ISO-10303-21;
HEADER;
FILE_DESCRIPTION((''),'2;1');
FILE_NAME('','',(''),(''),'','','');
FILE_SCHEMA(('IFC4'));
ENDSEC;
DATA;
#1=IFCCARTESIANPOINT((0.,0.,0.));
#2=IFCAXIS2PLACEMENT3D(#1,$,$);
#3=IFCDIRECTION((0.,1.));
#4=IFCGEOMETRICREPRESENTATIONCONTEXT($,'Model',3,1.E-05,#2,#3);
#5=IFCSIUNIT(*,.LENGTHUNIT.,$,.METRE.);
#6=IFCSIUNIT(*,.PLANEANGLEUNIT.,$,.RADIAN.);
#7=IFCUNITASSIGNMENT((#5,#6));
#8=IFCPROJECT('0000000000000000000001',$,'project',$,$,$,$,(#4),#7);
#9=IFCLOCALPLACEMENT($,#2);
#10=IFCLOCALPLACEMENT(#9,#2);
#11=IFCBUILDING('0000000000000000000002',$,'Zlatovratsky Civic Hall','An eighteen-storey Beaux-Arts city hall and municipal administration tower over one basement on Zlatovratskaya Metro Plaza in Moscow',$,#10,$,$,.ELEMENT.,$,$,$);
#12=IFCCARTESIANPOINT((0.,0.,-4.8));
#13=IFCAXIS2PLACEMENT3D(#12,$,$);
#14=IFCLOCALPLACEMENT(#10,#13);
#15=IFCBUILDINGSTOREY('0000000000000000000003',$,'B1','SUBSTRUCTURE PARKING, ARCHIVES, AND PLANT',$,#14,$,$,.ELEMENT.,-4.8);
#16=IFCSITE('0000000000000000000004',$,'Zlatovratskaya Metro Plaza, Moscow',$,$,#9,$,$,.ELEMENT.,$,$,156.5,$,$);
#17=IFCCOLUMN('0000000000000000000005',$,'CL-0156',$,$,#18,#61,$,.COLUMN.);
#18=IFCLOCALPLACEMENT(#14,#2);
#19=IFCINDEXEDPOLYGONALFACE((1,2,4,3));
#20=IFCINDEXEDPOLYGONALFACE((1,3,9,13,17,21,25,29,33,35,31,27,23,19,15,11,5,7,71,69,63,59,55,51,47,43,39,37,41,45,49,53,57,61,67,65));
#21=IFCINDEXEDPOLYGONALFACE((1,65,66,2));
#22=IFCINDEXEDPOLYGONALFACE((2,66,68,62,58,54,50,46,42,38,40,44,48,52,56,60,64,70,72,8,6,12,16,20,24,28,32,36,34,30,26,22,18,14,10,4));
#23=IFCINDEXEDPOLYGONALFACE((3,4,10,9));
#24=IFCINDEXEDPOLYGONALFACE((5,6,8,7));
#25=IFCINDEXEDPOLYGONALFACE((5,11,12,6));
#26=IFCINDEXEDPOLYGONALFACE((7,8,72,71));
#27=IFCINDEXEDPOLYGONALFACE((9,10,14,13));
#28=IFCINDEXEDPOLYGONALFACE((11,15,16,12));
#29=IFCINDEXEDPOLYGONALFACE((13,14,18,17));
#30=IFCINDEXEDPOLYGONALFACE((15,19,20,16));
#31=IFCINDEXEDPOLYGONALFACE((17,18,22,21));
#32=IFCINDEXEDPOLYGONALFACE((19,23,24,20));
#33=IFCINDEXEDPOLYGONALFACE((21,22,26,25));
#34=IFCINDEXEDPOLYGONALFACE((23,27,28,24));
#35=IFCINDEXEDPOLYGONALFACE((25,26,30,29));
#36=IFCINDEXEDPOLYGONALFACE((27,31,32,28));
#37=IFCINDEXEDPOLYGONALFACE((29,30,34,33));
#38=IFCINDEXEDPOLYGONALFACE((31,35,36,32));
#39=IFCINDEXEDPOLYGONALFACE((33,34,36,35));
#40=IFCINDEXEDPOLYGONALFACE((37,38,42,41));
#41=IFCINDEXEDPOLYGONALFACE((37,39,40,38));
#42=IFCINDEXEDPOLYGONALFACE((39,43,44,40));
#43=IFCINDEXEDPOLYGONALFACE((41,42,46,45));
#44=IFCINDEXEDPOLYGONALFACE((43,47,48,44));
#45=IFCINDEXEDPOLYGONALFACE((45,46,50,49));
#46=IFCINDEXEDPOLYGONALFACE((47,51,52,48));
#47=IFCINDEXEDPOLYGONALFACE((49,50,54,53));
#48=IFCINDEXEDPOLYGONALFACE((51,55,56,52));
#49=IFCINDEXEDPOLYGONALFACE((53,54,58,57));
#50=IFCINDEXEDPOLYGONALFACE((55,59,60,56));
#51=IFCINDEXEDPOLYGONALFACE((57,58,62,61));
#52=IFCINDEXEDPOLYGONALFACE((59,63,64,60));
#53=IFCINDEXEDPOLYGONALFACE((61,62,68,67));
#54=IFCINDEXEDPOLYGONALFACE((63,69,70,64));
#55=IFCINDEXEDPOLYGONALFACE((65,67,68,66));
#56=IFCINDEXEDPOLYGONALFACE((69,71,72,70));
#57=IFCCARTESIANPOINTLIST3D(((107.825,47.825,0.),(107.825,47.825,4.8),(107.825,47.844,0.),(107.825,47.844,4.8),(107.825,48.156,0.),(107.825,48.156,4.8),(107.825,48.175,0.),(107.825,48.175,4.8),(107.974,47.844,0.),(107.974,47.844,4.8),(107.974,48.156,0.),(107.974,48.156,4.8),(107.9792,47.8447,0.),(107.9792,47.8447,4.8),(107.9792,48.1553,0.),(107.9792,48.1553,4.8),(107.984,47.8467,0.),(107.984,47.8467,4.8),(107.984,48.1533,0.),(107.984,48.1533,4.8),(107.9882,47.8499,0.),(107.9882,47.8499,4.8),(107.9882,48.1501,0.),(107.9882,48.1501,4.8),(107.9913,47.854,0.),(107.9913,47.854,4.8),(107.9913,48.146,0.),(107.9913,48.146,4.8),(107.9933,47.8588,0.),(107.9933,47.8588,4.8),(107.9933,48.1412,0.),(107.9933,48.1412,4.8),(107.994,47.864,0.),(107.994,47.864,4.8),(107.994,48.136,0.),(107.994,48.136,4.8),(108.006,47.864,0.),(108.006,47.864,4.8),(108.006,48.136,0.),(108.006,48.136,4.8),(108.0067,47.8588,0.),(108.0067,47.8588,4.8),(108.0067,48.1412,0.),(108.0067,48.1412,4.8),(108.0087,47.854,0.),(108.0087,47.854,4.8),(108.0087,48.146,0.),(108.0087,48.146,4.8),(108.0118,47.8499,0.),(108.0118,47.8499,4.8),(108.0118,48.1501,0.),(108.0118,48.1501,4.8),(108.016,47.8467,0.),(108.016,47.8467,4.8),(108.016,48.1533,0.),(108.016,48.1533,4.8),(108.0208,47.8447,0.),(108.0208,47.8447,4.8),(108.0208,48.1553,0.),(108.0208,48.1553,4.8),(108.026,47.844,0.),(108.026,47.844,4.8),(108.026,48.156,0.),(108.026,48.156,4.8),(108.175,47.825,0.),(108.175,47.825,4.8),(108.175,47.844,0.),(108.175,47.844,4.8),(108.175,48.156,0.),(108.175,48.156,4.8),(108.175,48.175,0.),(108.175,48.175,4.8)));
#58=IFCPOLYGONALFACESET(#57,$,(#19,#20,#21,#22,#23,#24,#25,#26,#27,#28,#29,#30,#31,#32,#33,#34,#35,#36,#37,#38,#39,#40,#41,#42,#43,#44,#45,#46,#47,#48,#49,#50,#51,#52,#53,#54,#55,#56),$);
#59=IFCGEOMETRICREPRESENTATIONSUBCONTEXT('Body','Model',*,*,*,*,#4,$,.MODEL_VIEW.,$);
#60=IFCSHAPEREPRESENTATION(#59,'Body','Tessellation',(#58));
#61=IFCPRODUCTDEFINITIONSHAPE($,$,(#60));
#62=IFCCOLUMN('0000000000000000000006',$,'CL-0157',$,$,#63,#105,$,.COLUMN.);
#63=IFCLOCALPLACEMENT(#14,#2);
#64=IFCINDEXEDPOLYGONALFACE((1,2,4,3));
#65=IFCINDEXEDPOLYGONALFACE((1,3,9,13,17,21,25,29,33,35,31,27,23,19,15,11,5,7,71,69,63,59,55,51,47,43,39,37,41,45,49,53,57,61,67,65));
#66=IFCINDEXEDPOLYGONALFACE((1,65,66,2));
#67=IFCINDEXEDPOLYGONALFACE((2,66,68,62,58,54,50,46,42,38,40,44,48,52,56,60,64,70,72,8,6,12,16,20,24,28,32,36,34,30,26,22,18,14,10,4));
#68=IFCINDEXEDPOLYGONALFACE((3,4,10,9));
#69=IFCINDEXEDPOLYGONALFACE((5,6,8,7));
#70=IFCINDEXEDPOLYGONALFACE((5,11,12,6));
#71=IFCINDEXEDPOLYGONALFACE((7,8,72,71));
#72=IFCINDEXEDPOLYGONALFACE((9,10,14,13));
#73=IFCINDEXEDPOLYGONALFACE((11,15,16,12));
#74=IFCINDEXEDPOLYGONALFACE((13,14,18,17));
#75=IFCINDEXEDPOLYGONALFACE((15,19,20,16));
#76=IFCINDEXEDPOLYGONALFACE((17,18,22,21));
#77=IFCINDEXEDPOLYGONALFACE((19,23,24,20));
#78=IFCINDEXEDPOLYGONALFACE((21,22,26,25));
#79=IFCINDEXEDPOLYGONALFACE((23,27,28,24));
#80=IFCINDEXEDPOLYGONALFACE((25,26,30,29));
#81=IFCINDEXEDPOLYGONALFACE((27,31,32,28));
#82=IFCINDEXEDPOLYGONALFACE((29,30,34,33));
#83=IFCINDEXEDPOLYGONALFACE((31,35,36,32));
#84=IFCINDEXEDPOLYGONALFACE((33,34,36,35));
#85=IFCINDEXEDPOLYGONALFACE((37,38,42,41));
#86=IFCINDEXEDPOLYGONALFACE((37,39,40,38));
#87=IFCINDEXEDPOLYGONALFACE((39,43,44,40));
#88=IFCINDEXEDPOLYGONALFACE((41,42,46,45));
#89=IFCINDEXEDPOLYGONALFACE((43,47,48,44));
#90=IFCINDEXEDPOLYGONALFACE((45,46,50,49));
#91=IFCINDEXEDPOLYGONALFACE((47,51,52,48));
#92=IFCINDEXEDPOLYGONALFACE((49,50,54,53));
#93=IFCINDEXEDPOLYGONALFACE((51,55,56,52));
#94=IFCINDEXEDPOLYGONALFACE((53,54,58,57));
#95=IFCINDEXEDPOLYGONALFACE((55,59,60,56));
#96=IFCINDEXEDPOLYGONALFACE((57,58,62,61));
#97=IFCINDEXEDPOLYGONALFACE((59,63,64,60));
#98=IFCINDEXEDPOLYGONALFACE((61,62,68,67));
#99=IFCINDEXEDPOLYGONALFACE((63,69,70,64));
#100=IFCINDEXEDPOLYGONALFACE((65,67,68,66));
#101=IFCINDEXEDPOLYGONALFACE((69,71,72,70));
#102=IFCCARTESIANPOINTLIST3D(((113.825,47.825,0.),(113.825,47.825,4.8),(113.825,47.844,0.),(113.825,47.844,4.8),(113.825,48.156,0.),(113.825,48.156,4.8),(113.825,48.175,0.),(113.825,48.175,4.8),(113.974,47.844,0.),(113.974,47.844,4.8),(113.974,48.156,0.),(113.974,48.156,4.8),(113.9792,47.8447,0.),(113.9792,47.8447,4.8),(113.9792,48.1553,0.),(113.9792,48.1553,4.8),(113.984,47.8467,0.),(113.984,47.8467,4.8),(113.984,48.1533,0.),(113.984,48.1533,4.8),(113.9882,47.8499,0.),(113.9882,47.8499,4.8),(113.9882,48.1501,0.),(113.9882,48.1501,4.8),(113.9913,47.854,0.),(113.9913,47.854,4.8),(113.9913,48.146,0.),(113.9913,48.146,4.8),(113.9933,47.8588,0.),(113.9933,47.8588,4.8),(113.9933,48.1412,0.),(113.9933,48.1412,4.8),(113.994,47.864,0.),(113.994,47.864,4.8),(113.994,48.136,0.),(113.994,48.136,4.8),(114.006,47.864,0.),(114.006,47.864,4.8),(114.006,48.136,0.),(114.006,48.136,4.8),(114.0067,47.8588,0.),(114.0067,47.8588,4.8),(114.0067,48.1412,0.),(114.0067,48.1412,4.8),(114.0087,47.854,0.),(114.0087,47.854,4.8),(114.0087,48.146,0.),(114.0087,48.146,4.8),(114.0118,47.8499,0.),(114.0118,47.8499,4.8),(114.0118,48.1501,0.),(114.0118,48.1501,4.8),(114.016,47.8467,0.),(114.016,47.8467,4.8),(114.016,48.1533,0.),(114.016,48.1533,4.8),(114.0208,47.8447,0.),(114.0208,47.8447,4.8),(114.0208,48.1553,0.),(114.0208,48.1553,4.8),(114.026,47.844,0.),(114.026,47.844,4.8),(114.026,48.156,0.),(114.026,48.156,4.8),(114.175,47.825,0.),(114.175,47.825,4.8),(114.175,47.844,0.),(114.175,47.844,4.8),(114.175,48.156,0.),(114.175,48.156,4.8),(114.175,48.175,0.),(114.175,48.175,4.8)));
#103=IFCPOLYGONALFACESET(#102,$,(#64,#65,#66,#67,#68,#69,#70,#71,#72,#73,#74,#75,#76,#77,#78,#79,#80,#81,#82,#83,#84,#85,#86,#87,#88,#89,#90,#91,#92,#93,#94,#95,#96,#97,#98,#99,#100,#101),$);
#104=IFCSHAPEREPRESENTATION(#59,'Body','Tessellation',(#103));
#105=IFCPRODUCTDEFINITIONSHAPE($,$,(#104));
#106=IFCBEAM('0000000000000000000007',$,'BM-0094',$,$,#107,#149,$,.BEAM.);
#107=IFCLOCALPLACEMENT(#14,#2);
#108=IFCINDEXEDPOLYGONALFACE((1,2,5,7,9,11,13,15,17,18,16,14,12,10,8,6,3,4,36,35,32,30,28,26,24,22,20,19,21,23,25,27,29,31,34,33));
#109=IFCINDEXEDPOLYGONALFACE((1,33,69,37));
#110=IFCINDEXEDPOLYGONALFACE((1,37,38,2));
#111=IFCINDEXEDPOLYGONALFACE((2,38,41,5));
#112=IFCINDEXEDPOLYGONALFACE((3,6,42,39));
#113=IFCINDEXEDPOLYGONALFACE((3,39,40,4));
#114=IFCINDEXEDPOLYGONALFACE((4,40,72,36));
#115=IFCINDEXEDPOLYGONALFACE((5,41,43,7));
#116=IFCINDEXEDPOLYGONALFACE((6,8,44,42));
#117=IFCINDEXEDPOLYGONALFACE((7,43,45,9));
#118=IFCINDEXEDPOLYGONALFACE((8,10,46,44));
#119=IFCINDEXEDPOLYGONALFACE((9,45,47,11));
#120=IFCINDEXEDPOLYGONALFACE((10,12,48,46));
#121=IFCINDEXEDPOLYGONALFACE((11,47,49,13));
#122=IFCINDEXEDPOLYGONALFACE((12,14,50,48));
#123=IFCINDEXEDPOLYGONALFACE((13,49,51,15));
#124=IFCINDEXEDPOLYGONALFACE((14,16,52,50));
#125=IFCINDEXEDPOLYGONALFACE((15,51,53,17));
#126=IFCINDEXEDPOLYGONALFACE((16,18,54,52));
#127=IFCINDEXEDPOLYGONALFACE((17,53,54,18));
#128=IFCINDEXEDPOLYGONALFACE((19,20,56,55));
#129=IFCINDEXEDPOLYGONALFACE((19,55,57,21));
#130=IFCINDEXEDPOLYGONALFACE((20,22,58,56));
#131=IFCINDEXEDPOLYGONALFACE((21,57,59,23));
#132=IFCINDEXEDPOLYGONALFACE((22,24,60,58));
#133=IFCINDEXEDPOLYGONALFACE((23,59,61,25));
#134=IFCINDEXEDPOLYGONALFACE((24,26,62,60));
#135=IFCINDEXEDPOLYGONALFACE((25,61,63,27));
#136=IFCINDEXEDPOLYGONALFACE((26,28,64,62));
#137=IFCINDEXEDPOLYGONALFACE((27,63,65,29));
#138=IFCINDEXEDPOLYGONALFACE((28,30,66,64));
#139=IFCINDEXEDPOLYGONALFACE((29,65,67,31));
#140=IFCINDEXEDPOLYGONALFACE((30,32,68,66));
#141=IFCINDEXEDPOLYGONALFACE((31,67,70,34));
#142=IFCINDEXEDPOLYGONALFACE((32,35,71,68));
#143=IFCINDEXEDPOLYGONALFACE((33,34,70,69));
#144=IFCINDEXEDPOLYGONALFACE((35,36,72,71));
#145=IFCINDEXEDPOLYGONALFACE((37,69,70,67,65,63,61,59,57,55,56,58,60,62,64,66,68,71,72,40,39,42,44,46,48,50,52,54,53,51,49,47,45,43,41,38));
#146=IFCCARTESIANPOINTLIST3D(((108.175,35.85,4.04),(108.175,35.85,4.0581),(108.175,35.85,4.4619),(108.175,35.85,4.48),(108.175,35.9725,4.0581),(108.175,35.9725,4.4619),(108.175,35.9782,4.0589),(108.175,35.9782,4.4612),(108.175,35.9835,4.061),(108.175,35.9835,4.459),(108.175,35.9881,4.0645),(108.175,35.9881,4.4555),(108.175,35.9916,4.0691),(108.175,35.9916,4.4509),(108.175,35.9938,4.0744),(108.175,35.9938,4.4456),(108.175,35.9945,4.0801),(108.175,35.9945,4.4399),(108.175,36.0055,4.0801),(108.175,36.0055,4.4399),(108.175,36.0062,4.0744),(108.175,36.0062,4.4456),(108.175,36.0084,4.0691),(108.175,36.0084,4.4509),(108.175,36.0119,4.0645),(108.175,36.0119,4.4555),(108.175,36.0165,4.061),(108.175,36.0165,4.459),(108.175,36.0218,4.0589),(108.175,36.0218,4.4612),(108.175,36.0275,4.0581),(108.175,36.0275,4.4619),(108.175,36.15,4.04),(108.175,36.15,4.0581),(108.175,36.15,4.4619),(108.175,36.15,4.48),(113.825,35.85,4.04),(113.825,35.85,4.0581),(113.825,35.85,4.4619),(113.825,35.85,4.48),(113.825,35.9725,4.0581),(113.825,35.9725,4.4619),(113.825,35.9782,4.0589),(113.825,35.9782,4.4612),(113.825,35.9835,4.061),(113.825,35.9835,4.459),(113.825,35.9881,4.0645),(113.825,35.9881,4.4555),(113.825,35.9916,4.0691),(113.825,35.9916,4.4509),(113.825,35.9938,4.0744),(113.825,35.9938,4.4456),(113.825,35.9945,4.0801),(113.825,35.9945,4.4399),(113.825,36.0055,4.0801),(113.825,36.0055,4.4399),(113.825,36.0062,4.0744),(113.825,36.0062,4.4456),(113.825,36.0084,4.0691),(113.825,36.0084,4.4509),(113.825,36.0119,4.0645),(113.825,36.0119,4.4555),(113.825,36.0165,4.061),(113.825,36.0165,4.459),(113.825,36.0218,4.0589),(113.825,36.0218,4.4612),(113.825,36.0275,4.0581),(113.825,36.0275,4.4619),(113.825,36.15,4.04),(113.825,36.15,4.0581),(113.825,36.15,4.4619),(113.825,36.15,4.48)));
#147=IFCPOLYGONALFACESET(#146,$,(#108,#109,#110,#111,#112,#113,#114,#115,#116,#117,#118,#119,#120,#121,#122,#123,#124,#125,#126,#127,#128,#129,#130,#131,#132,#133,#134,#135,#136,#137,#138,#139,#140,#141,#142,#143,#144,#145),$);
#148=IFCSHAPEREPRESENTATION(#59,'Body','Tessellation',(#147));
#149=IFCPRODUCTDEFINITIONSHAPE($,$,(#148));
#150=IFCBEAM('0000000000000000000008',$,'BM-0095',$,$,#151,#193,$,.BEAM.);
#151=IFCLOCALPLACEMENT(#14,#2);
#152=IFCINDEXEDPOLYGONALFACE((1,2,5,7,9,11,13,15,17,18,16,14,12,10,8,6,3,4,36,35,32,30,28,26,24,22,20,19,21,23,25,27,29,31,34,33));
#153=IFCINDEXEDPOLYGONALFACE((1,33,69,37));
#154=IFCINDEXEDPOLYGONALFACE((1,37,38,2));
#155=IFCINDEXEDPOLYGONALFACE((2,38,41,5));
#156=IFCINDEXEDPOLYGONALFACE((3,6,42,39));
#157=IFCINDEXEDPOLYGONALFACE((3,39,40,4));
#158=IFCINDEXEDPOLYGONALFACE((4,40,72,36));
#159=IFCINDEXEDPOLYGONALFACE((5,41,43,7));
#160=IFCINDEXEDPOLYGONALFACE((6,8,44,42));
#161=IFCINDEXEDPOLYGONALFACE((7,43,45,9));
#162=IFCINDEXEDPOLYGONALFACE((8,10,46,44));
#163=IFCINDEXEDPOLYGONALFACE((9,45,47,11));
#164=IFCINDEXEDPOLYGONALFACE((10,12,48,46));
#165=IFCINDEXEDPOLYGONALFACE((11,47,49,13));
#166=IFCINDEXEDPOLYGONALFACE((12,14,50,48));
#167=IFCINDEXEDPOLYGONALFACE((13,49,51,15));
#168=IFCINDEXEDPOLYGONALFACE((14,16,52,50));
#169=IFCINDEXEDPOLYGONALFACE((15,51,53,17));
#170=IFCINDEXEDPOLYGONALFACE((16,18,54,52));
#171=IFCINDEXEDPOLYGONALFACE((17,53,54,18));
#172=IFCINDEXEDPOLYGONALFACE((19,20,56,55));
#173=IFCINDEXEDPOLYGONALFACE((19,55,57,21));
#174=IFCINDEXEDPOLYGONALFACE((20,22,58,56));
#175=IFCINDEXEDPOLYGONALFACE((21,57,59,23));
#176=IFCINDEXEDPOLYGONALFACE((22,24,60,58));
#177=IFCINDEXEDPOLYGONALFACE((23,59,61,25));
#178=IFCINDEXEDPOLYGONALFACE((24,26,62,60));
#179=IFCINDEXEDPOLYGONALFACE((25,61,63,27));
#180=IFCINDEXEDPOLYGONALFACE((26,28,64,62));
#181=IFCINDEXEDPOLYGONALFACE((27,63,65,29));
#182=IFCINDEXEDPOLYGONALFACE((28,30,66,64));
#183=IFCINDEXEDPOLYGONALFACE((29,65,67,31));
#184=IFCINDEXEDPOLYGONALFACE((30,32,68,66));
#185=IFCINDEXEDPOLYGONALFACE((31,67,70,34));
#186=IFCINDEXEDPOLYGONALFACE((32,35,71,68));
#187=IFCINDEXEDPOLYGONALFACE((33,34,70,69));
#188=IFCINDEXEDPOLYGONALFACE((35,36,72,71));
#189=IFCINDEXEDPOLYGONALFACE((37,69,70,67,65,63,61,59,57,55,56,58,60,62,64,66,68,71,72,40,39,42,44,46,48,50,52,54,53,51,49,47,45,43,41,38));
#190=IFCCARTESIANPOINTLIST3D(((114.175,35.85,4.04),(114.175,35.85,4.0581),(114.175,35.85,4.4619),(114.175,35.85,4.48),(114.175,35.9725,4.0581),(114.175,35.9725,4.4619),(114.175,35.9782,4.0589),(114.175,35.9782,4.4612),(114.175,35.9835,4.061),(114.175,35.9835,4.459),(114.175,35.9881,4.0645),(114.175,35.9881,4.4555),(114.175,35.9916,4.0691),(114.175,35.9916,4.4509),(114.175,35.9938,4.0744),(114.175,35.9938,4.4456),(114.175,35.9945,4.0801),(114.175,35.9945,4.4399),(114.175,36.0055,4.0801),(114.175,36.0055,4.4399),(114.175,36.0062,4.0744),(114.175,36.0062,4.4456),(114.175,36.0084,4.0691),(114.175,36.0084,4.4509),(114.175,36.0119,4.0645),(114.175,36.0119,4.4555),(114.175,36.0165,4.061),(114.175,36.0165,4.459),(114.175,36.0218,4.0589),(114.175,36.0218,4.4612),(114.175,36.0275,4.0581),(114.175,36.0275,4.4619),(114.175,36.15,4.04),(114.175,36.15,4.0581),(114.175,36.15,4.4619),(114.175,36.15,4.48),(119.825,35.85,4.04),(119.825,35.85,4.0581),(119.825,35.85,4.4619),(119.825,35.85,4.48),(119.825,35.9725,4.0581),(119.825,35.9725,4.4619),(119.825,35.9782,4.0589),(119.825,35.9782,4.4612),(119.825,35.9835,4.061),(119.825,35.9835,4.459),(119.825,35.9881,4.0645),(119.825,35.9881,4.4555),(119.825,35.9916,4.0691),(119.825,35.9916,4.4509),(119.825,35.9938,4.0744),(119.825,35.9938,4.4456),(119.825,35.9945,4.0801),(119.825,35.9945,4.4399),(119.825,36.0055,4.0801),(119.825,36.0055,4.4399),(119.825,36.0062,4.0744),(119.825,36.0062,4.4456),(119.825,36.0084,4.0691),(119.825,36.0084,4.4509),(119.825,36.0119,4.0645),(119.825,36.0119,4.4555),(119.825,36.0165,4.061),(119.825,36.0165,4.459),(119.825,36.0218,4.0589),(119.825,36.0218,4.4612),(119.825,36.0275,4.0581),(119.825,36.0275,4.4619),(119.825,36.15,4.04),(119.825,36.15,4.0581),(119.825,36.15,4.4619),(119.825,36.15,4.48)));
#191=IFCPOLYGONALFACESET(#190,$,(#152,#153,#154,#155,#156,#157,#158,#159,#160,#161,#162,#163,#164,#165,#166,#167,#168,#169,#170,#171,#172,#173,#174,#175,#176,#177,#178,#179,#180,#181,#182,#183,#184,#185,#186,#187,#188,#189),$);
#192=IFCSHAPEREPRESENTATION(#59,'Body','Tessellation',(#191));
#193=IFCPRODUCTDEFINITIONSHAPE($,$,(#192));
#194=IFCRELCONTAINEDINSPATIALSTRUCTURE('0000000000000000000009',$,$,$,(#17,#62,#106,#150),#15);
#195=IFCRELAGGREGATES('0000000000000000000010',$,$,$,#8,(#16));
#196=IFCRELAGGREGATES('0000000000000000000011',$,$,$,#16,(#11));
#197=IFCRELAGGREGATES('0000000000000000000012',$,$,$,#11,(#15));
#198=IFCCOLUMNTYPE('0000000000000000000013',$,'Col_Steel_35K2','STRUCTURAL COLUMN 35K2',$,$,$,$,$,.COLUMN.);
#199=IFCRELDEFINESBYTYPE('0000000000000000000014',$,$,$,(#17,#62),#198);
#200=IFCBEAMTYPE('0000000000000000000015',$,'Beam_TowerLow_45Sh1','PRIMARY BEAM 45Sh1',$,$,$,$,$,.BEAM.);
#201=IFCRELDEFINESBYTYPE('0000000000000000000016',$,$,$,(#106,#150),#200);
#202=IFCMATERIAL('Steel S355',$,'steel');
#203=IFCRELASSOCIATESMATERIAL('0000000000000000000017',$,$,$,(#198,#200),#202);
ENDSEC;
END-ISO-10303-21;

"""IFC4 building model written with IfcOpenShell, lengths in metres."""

from ifc_helpers import new_model, si_unit, direction, frame, origin, origin_2d, place, context, subcontext, project, spatial, i_section, extrude, material, material_profile, profile_set, type_object, element, save


model = new_model("IFC4")

# Units and contexts
model_context = context("Model", 3, precision=1e-05, world=origin(), true_north=direction((0.0, 1.0)))
body_context = subcontext(model_context, "Body", "Model", "MODEL_VIEW")
ifc_project = project(units=[si_unit("LENGTHUNIT", "METRE"), si_unit("PLANEANGLEUNIT", "RADIAN")], contexts=[model_context])

# Site, building, storey
site_placement = place(None, origin())
site = spatial("IfcSite", under=ifc_project, at=site_placement, Name="Zlatovratskaya Metro Plaza, Moscow", CompositionType="ELEMENT", RefElevation=156.5)
building_placement = place(site_placement, origin())
building = spatial("IfcBuilding", under=site, at=building_placement, Name="Zlatovratsky Civic Hall", Description="An eighteen-storey Beaux-Arts city hall and municipal administration tower over one basement on Zlatovratskaya Metro Plaza in Moscow", CompositionType="ELEMENT")
storey_placement = place(building_placement, frame((0.0, 0.0, -4.8)))
storey = spatial("IfcBuildingStorey", under=building, at=storey_placement, Name="B1", Description="SUBSTRUCTURE PARKING, ARCHIVES, AND PLANT", CompositionType="ELEMENT", Elevation=-4.8)

# Columns
ifc_material_1 = material(Name="Steel S355", Category="steel")
ifc_material_profile_1 = material_profile(ifc_material_1, i_section(OverallWidth=0.3501, OverallDepth=0.3501, WebThickness=0.012, FlangeThickness=0.019, FilletRadius=0.02, at=origin_2d()), Name="35K2")
ifc_profile_set_1 = profile_set([ifc_material_profile_1], Name="Steel S355")
column_type = type_object("IfcColumnType", Name="Col_Steel_35K2", Description="STRUCTURAL COLUMN 35K2", PredefinedType="COLUMN", material=ifc_profile_set_1)
for number, where, z_axis, x_axis, name in (
    (1, (108.0, 48.0, 0.0), (0.0, 0.0, 1.0), (1.0, 0.0, 0.0), "CL-0156"),
    (2, (114.0, 48.0, 0.0), (0.0, 0.0, 1.0), (1.0, 0.0, 0.0), "CL-0157"),
):
    element("IfcColumn", number, at=place(storey_placement, frame(where, z_axis=z_axis, x_axis=x_axis)), inside=storey, type_object=column_type, Name=name, PredefinedType="COLUMN", context=body_context, shape_type="SweptSolid", body=[
        extrude(i_section(OverallWidth=0.3501, OverallDepth=0.3501, WebThickness=0.012, FlangeThickness=0.019, FilletRadius=0.02, at=origin_2d()), origin(), (0.0, 0.0, 1.0), 4.8),
    ])

# Beams
ifc_material_profile_2 = material_profile(ifc_material_1, i_section(OverallWidth=0.3, OverallDepth=0.4399, WebThickness=0.011, FlangeThickness=0.0181, FilletRadius=0.022, at=origin_2d()), Name="45Sh1")
ifc_profile_set_2 = profile_set([ifc_material_profile_2], Name="Steel S355")
beam_type = type_object("IfcBeamType", Name="Beam_TowerLow_45Sh1", Description="PRIMARY BEAM 45Sh1", PredefinedType="BEAM", material=ifc_profile_set_2)
for number, where, z_axis, x_axis, name in (
    (3, (108.175, 36.0, 4.26), (1.0, 0.0, 0.0), (0.0, 1.0, 0.0), "BM-0094"),
    (4, (114.175, 36.0, 4.26), (1.0, 0.0, 0.0), (0.0, 1.0, 0.0), "BM-0095"),
):
    element("IfcBeam", number, at=place(storey_placement, frame(where, z_axis=z_axis, x_axis=x_axis)), inside=storey, type_object=beam_type, Name=name, PredefinedType="BEAM", context=body_context, shape_type="SweptSolid", body=[
        extrude(i_section(OverallWidth=0.3, OverallDepth=0.4399, WebThickness=0.011, FlangeThickness=0.0181, FilletRadius=0.022, at=origin_2d()), origin(), (0.0, 0.0, 1.0), 5.6499),
    ])

save(model, "model.ifc")
